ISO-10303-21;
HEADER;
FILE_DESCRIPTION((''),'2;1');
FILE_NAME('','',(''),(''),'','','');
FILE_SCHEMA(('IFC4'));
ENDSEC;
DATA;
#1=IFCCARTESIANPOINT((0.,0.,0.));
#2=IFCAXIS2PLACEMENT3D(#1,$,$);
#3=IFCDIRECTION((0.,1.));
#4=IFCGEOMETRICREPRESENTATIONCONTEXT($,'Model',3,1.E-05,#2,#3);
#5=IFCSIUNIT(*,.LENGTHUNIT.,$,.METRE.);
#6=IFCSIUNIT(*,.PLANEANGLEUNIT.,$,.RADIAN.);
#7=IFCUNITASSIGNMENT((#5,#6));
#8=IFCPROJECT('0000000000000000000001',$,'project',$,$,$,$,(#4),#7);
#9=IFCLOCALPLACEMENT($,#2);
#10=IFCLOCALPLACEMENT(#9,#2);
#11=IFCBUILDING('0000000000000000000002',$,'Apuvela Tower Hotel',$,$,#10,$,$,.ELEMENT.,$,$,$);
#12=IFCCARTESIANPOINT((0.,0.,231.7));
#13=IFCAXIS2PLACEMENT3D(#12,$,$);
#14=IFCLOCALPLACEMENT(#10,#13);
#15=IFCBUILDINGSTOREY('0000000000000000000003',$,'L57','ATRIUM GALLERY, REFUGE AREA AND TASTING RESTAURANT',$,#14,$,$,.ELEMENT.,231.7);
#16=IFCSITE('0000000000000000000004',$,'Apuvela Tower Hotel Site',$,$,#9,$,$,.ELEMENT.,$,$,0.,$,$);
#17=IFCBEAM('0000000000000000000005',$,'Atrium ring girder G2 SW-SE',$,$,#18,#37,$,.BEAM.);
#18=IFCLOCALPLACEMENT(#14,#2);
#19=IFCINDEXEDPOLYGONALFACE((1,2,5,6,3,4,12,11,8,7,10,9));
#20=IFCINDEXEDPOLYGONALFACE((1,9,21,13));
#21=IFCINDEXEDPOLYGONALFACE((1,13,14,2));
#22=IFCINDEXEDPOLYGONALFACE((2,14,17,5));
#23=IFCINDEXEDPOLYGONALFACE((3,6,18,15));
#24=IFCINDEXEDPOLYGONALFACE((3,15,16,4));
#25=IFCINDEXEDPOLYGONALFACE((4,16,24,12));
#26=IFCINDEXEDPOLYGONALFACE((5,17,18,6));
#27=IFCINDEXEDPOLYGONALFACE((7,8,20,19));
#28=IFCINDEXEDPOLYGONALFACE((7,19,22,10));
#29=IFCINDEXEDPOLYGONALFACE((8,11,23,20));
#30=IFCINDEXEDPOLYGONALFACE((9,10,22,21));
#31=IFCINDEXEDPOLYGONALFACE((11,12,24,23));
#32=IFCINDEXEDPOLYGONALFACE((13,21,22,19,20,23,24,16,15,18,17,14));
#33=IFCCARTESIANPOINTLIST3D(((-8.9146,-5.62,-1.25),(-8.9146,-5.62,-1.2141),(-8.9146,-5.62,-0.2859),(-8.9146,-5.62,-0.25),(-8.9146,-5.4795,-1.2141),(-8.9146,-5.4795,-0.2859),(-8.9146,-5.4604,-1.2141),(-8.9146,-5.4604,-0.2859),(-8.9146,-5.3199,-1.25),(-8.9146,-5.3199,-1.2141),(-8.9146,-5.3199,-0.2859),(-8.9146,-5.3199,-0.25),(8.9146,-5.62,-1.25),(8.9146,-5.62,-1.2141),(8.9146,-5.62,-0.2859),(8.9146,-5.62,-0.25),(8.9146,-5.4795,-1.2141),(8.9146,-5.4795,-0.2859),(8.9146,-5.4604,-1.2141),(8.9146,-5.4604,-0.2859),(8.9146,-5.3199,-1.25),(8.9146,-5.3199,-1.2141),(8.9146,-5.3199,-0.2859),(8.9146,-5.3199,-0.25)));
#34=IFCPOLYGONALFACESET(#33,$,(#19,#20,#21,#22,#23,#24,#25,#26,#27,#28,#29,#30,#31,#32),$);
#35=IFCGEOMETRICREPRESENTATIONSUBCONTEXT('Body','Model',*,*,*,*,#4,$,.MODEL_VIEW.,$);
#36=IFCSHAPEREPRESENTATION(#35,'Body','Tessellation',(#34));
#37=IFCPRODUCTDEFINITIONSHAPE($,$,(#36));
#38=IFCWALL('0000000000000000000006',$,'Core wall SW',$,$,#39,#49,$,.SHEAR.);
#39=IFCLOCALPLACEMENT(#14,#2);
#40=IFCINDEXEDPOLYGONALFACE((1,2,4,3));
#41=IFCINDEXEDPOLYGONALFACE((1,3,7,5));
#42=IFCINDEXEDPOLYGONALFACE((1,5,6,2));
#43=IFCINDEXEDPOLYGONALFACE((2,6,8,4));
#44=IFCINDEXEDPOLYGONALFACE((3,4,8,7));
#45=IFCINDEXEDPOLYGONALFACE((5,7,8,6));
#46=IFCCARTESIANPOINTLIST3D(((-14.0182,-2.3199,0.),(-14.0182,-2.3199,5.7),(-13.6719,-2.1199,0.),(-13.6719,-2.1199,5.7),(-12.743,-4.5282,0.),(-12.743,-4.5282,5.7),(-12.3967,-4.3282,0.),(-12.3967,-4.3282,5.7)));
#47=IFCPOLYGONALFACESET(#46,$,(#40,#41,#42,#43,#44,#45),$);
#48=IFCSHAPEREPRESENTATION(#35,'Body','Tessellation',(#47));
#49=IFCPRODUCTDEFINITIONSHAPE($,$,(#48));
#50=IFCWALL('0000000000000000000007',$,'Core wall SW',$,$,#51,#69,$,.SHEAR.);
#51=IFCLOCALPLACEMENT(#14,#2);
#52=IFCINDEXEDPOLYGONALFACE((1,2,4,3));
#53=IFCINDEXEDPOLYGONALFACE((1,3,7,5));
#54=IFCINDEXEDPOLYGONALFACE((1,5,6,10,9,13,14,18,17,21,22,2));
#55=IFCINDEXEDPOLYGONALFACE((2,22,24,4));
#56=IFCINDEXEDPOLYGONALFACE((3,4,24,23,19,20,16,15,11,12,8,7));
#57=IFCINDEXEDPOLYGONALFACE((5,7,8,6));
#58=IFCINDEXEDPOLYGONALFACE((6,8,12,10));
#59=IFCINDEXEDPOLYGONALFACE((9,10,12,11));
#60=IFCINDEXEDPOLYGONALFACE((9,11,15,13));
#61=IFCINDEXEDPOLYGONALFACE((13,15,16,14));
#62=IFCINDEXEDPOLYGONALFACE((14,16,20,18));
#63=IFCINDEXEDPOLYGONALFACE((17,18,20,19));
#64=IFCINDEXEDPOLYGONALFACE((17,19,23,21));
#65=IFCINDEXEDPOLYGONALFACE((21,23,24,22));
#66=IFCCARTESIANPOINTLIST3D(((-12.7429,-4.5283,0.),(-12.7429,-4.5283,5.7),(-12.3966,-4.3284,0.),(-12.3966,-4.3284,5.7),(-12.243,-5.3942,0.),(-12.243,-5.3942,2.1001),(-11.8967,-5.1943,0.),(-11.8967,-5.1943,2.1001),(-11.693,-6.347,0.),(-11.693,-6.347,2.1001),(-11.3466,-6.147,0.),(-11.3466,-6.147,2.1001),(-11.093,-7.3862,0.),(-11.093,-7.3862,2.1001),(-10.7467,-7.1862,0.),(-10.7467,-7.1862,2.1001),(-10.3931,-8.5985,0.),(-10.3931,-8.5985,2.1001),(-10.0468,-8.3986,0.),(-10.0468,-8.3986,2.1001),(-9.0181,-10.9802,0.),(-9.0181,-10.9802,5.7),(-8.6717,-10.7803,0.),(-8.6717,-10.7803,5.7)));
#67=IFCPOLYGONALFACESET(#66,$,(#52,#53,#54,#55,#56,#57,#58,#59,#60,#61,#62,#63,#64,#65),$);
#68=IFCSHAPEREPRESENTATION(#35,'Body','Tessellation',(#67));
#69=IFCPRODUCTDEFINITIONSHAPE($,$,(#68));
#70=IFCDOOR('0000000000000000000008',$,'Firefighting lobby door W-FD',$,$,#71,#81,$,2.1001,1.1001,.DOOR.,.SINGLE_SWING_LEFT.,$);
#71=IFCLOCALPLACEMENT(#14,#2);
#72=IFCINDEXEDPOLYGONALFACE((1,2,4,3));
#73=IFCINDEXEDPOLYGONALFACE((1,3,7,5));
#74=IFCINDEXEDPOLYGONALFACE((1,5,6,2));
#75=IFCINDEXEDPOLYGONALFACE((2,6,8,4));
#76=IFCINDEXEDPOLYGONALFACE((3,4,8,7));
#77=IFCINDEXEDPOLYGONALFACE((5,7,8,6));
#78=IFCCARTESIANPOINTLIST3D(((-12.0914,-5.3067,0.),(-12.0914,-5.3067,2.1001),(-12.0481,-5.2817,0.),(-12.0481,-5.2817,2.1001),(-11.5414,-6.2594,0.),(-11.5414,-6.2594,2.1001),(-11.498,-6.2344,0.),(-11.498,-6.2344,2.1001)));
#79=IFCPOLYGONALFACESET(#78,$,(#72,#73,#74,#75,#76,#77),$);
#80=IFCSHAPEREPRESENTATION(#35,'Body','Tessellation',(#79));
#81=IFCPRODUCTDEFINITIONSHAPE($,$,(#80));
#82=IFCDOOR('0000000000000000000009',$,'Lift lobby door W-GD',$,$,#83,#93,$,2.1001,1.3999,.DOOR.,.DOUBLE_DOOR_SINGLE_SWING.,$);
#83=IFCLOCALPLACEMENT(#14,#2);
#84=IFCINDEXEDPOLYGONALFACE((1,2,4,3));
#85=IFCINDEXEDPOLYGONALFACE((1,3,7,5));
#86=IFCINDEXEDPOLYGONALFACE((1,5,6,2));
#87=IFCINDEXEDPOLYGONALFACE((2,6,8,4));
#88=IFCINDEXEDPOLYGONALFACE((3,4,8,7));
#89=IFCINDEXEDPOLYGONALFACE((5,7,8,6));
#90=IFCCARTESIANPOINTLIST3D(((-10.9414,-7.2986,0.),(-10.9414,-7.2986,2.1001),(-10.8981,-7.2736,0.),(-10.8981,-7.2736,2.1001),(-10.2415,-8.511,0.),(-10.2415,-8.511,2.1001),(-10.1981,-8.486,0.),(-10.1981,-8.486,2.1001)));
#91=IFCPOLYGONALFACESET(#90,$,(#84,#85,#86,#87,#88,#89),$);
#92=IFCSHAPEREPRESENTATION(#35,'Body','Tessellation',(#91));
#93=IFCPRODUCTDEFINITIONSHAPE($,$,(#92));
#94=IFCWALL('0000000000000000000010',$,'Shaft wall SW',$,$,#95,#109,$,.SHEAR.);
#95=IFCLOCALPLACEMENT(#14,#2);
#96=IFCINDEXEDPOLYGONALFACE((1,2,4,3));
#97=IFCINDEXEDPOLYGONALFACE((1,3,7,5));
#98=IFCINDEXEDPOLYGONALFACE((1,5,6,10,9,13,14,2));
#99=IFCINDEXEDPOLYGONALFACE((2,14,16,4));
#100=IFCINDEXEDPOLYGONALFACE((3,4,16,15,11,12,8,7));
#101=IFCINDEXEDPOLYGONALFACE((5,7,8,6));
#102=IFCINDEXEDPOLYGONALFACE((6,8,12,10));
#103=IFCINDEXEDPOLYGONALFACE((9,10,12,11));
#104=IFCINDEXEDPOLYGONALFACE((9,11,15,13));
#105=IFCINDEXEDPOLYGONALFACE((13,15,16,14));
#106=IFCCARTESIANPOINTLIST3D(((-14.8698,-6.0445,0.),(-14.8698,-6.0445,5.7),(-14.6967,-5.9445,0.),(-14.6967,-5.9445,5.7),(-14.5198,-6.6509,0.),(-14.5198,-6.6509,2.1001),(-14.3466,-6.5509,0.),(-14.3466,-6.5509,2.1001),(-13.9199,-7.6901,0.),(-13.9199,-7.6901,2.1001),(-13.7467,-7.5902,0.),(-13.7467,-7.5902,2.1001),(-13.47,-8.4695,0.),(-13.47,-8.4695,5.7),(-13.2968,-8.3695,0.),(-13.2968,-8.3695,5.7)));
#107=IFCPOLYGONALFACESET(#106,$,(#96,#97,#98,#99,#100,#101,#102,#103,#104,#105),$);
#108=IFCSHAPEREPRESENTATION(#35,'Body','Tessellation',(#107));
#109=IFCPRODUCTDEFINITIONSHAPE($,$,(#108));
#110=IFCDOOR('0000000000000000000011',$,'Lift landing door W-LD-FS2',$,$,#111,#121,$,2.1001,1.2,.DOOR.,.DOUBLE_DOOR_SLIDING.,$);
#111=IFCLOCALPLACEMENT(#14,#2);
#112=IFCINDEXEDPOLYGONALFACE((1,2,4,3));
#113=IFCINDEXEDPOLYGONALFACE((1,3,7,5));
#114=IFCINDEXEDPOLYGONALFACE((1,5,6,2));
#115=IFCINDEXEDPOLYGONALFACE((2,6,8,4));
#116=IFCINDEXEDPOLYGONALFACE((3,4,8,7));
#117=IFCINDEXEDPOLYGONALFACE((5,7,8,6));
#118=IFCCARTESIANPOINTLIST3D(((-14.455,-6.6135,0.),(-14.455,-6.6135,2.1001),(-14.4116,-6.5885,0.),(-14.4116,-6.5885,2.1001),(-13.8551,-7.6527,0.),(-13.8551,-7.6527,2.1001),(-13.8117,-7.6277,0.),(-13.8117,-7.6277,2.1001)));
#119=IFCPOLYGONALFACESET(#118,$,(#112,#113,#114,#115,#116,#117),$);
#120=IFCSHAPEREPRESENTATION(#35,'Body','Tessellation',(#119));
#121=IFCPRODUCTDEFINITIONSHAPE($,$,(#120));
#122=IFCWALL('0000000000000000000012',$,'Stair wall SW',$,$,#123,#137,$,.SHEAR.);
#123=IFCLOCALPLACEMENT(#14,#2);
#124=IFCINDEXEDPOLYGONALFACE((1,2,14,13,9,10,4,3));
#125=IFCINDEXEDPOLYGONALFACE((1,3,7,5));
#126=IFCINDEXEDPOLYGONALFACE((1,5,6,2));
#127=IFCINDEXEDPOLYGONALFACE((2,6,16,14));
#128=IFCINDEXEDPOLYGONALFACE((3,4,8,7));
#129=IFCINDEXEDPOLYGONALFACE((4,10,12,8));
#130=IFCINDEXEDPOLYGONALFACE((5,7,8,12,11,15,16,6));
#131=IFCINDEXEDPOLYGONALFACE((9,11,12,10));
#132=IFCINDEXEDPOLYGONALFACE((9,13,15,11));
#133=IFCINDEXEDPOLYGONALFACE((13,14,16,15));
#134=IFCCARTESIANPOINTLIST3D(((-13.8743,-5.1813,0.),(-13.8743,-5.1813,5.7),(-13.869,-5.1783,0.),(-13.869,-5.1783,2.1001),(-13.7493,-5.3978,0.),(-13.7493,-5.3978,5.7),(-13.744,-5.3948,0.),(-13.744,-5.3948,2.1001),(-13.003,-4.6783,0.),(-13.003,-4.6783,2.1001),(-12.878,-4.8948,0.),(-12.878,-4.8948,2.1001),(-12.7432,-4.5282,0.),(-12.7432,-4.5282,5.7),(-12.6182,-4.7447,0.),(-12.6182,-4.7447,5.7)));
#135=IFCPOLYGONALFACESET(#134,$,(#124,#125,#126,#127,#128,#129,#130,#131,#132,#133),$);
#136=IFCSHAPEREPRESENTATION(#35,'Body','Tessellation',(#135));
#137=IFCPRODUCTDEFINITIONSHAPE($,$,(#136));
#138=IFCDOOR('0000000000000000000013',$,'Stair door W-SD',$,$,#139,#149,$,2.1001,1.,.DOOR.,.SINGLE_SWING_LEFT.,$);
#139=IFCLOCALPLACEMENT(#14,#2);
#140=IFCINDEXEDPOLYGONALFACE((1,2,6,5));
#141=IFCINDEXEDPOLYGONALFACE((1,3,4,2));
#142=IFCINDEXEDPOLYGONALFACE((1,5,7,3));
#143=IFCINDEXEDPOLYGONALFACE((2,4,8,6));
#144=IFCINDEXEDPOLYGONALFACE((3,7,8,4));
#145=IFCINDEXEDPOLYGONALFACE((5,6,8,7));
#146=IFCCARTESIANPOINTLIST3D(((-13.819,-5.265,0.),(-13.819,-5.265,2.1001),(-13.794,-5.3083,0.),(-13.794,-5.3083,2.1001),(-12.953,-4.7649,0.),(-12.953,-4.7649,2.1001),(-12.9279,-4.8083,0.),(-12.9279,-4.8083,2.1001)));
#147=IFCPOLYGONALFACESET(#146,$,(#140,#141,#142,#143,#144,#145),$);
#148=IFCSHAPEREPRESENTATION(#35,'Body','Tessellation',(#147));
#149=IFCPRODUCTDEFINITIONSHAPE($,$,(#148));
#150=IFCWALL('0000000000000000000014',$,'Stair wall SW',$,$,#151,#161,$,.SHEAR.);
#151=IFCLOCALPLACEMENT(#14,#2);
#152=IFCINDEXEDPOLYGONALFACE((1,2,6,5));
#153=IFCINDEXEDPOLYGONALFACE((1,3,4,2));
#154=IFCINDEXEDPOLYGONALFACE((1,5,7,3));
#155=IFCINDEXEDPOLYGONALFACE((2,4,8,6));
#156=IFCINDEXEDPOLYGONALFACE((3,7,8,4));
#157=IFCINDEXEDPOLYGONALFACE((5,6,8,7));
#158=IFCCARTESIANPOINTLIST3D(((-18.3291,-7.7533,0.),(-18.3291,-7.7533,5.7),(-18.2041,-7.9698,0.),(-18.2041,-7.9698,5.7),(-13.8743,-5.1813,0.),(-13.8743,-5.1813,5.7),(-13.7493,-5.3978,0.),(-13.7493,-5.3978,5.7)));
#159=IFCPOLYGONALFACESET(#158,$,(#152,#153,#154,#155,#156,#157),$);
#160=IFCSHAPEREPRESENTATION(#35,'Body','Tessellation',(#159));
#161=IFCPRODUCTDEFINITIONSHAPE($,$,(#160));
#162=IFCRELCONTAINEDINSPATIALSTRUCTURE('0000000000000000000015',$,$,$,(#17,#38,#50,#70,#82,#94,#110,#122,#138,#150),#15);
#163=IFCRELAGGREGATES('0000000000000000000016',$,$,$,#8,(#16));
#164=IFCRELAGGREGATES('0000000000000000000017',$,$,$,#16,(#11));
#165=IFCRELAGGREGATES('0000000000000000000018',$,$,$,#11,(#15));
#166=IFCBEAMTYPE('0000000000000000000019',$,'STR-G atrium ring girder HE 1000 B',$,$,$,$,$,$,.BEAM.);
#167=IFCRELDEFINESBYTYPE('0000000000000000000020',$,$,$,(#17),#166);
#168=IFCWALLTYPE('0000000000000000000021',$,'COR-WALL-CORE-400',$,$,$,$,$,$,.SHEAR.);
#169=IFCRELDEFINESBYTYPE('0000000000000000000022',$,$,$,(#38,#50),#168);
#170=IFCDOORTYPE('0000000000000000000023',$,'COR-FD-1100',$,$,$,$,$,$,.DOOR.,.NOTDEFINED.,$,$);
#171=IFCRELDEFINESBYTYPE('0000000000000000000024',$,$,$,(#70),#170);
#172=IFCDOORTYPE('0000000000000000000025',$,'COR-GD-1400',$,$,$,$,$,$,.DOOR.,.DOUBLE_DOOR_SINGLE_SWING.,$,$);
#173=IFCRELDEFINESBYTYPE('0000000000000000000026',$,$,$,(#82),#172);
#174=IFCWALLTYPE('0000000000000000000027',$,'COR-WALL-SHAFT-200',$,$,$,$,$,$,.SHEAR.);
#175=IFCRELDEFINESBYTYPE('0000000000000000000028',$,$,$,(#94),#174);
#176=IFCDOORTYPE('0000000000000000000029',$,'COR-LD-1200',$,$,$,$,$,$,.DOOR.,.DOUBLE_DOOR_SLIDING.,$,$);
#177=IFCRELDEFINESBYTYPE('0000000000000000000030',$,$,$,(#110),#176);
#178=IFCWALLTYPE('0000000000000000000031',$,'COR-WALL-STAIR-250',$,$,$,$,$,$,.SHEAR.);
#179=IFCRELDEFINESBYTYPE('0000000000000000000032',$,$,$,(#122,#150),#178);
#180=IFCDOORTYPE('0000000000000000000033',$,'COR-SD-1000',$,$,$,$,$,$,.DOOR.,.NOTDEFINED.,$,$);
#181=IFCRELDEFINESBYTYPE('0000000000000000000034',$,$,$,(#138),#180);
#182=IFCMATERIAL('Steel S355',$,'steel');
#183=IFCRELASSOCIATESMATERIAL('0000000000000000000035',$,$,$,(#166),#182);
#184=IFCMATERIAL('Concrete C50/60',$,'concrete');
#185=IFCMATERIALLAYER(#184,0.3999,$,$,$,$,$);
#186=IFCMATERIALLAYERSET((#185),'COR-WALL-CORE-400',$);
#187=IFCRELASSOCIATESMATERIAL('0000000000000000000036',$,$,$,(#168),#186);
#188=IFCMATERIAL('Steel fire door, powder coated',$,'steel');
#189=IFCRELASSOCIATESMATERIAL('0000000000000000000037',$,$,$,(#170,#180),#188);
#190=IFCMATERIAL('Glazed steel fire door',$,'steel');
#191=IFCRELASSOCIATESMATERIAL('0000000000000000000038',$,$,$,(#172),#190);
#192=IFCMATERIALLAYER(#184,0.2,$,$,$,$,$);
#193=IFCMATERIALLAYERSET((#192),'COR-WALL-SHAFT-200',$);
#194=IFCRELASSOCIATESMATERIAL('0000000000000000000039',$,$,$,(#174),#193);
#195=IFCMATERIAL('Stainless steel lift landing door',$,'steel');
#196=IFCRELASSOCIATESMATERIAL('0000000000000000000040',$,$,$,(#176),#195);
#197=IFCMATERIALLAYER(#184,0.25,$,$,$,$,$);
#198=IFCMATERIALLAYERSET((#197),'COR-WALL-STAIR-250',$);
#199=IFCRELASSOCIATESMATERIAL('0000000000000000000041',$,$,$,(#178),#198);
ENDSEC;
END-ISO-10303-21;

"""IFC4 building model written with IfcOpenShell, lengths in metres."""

from ifc_helpers import new_model, si_unit, direction, frame, frame_2d, origin, origin_2d, place, context, subcontext, project, spatial, rectangle, i_section, extrude, material, layer, layer_set, material_profile, profile_set, type_object, element, fill, save


model = new_model("IFC4")

# Units and contexts
model_context = context("Model", 3, precision=1e-05, world=origin(), true_north=direction((0.0, 1.0)))
body_context = subcontext(model_context, "Body", "Model", "MODEL_VIEW")
ifc_project = project(units=[si_unit("LENGTHUNIT", "METRE"), si_unit("PLANEANGLEUNIT", "RADIAN")], contexts=[model_context])

# Site, building, storey
site_placement = place(None, origin())
site = spatial("IfcSite", under=ifc_project, at=site_placement, Name="Apuvela Tower Hotel Site", CompositionType="ELEMENT", RefElevation=0.0)
building_placement = place(site_placement, origin())
building = spatial("IfcBuilding", under=site, at=building_placement, Name="Apuvela Tower Hotel", CompositionType="ELEMENT")
storey_placement = place(building_placement, frame((0.0, 0.0, 231.7)))
storey = spatial("IfcBuildingStorey", under=building, at=storey_placement, Name="L57", Description="ATRIUM GALLERY, REFUGE AREA AND TASTING RESTAURANT", CompositionType="ELEMENT", Elevation=231.7)

# Beam
ifc_material_1 = material(Name="Steel S355", Category="steel")
ifc_material_profile = material_profile(ifc_material_1, i_section(OverallWidth=0.3, OverallDepth=1.0, WebThickness=0.019, FlangeThickness=0.0359, at=origin_2d()), Name="HE 1000 B")
ifc_profile_set = profile_set([ifc_material_profile], Name="Steel S355")
beam_type = type_object("IfcBeamType", Name="STR-G atrium ring girder HE 1000 B", PredefinedType="BEAM", material=ifc_profile_set)
beam_placement = place(storey_placement, frame((-8.9146, -5.47, -0.75), z_axis=(1.0, 0.0, 0.0), x_axis=(0.0, 1.0, 0.0)))
element("IfcBeam", 1, at=beam_placement, inside=storey, type_object=beam_type, Name="Atrium ring girder G2 SW-SE", PredefinedType="BEAM", context=body_context, shape_type="SweptSolid", body=[
    extrude(i_section(OverallWidth=0.3, OverallDepth=1.0, WebThickness=0.019, FlangeThickness=0.0359, at=origin_2d()), origin(), (0.0, 0.0, 1.0), 17.8291),
])

# Wall
ifc_material_2 = material(Name="Concrete C50/60", Category="concrete")
ifc_layer_1 = layer(ifc_material_2, 0.3999)
ifc_layer_set_1 = layer_set([ifc_layer_1], Name="COR-WALL-CORE-400")
wall_type_1 = type_object("IfcWallType", Name="COR-WALL-CORE-400", PredefinedType="SHEAR", material=ifc_layer_set_1)
wall_1_placement = place(storey_placement, frame((-13.845, -2.22, 0.0), z_axis=(0.0, 0.0, 1.0), x_axis=(0.500062, -0.865989, 0.0)))
element("IfcWall", 2, at=wall_1_placement, inside=storey, type_object=wall_type_1, Name="Core wall SW", PredefinedType="SHEAR", context=body_context, shape_type="SweptSolid", body=[
    extrude(rectangle(XDim=2.55, YDim=0.3999, at=frame_2d((1.2749, 0.0))), origin(), (0.0, 0.0, 1.0), 5.7),
])

# Wall, openings, doors
wall_2_placement = place(storey_placement, frame((-12.5698, -4.4282, 0.0), z_axis=(0.0, 0.0, 1.0), x_axis=(0.499984, -0.866034, 0.0)))
wall_2 = element("IfcWall", 3, at=wall_2_placement, inside=storey, type_object=wall_type_1, Name="Core wall SW", PredefinedType="SHEAR", context=body_context, shape_type="SweptSolid", body=[
    extrude(rectangle(XDim=7.45, YDim=0.3999, at=frame_2d((3.7251, 0.0))), origin(), (0.0, 0.0, 1.0), 5.7),
])
opening_1_placement = place(wall_2_placement, frame((1.0, 0.0, 0.0)))
opening_1 = element("IfcOpeningElement", 4, at=opening_1_placement, cuts=wall_2, PredefinedType="OPENING", context=body_context, shape_type="SweptSolid", body=[
    extrude(rectangle(XDim=1.1001, YDim=2.1001, at=frame_2d((0.55, 1.05))), frame((0.0, 0.21, 0.0), z_axis=(0.0, -1.0, 0.0), x_axis=(1.0, 0.0, 0.0)), (0.0, 0.0, 1.0), 0.4199),
])
opening_2_placement = place(wall_2_placement, frame((3.3, 0.0, 0.0)))
opening_2 = element("IfcOpeningElement", 5, at=opening_2_placement, cuts=wall_2, PredefinedType="OPENING", context=body_context, shape_type="SweptSolid", body=[
    extrude(rectangle(XDim=1.3999, YDim=2.1001, at=frame_2d((0.7, 1.05))), frame((0.0, 0.21, 0.0), z_axis=(0.0, -1.0, 0.0), x_axis=(1.0, 0.0, 0.0)), (0.0, 0.0, 1.0), 0.4199),
])
ifc_material_3 = material(Name="Steel fire door, powder coated", Category="steel")
door_type_1 = type_object("IfcDoorType", Name="COR-FD-1100", OperationType="NOTDEFINED", PredefinedType="DOOR", material=ifc_material_3)
door_1_placement = place(opening_1_placement, frame((1.1001, 0.0, 0.0), z_axis=(0.0, 0.0, 1.0), x_axis=(-1.0, 0.0, 0.0)))
door_1 = element("IfcDoor", 6, at=door_1_placement, inside=storey, type_object=door_type_1, Name="Firefighting lobby door W-FD", OperationType="SINGLE_SWING_LEFT", OverallHeight=2.1001, OverallWidth=1.1001, PredefinedType="DOOR", context=body_context, shape_type="SweptSolid", body=[
    extrude(rectangle(XDim=1.1001, YDim=2.1001, at=frame_2d((0.55, 1.05))), frame((0.0, 0.0249, 0.0), z_axis=(0.0, -1.0, 0.0), x_axis=(1.0, 0.0, 0.0)), (0.0, 0.0, 1.0), 0.05),
])
fill(opening_1, door_1)
ifc_material_4 = material(Name="Glazed steel fire door", Category="steel")
door_type_2 = type_object("IfcDoorType", Name="COR-GD-1400", OperationType="DOUBLE_DOOR_SINGLE_SWING", PredefinedType="DOOR", material=ifc_material_4)
door_2_placement = place(opening_2_placement, frame((1.3999, 0.0, 0.0), z_axis=(0.0, 0.0, 1.0), x_axis=(-1.0, 0.0, 0.0)))
door_2 = element("IfcDoor", 7, at=door_2_placement, inside=storey, type_object=door_type_2, Name="Lift lobby door W-GD", OperationType="DOUBLE_DOOR_SINGLE_SWING", OverallHeight=2.1001, OverallWidth=1.3999, PredefinedType="DOOR", context=body_context, shape_type="SweptSolid", body=[
    extrude(rectangle(XDim=1.3999, YDim=2.1001, at=frame_2d((0.7, 1.05))), frame((0.0, 0.0249, 0.0), z_axis=(0.0, -1.0, 0.0), x_axis=(1.0, 0.0, 0.0)), (0.0, 0.0, 1.0), 0.05),
])
fill(opening_2, door_2)

# Walls, openings, doors
ifc_layer_2 = layer(ifc_material_2, 0.2)
ifc_layer_set_2 = layer_set([ifc_layer_2], Name="COR-WALL-SHAFT-200")
wall_type_2 = type_object("IfcWallType", Name="COR-WALL-SHAFT-200", PredefinedType="SHEAR", material=ifc_layer_set_2)
wall_3_placement = place(storey_placement, frame((-14.7832, -5.9946, 0.0), z_axis=(0.0, 0.0, 1.0), x_axis=(0.499946, -0.866056, 0.0)))
wall_3 = element("IfcWall", 8, at=wall_3_placement, inside=storey, type_object=wall_type_2, Name="Shaft wall SW", PredefinedType="SHEAR", context=body_context, shape_type="SweptSolid", body=[
    extrude(rectangle(XDim=2.8, YDim=0.2, at=frame_2d((1.3999, 0.0))), origin(), (0.0, 0.0, 1.0), 5.7),
])
opening_3_placement = place(wall_3_placement, frame((0.7, 0.0, 0.0)))
opening_3 = element("IfcOpeningElement", 9, at=opening_3_placement, cuts=wall_3, PredefinedType="OPENING", context=body_context, shape_type="SweptSolid", body=[
    extrude(rectangle(XDim=1.2, YDim=2.1001, at=frame_2d((0.6001, 1.05))), frame((0.0, 0.1099, 0.0), z_axis=(0.0, -1.0, 0.0), x_axis=(1.0, 0.0, 0.0)), (0.0, 0.0, 1.0), 0.22),
])
ifc_material_5 = material(Name="Stainless steel lift landing door", Category="steel")
door_type_3 = type_object("IfcDoorType", Name="COR-LD-1200", OperationType="DOUBLE_DOOR_SLIDING", PredefinedType="DOOR", material=ifc_material_5)
door_3_placement = place(opening_3_placement, origin())
door_3 = element("IfcDoor", 10, at=door_3_placement, inside=storey, type_object=door_type_3, Name="Lift landing door W-LD-FS2", OperationType="DOUBLE_DOOR_SLIDING", OverallHeight=2.1001, OverallWidth=1.2, PredefinedType="DOOR", context=body_context, shape_type="SweptSolid", body=[
    extrude(rectangle(XDim=1.2, YDim=2.1001, at=frame_2d((0.6001, 1.05))), frame((0.0, 0.0249, 0.0), z_axis=(0.0, -1.0, 0.0), x_axis=(1.0, 0.0, 0.0)), (0.0, 0.0, 1.0), 0.05),
])
fill(opening_3, door_3)
ifc_layer_3 = layer(ifc_material_2, 0.25)
ifc_layer_set_3 = layer_set([ifc_layer_3], Name="COR-WALL-STAIR-250")
wall_type_3 = type_object("IfcWallType", Name="COR-WALL-STAIR-250", PredefinedType="SHEAR", material=ifc_layer_set_3)
wall_4_placement = place(storey_placement, frame((-12.6807, -4.6365, 0.0), z_axis=(0.0, 0.0, 1.0), x_axis=(-0.866014, -0.500019, 0.0)))
wall_4 = element("IfcWall", 11, at=wall_4_placement, inside=storey, type_object=wall_type_3, Name="Stair wall SW", PredefinedType="SHEAR", context=body_context, shape_type="SweptSolid", body=[
    extrude(rectangle(XDim=1.3062, YDim=0.25, at=frame_2d((0.6531, 0.0))), origin(), (0.0, 0.0, 1.0), 5.7),
])
opening_4_placement = place(wall_4_placement, frame((0.3, 0.0, 0.0)))
opening_4 = element("IfcOpeningElement", 12, at=opening_4_placement, cuts=wall_4, PredefinedType="OPENING", context=body_context, shape_type="SweptSolid", body=[
    extrude(rectangle(XDim=1.0, YDim=2.1001, at=frame_2d((0.5, 1.05))), frame((0.0, 0.135, 0.0), z_axis=(0.0, -1.0, 0.0), x_axis=(1.0, 0.0, 0.0)), (0.0, 0.0, 1.0), 0.27),
])
door_type_4 = type_object("IfcDoorType", Name="COR-SD-1000", OperationType="NOTDEFINED", PredefinedType="DOOR", material=ifc_material_3)
door_4_placement = place(opening_4_placement, frame((1.0, 0.0, 0.0), z_axis=(0.0, 0.0, 1.0), x_axis=(-1.0, 0.0, 0.0)))
door_4 = element("IfcDoor", 13, at=door_4_placement, inside=storey, type_object=door_type_4, Name="Stair door W-SD", OperationType="SINGLE_SWING_LEFT", OverallHeight=2.1001, OverallWidth=1.0, PredefinedType="DOOR", context=body_context, shape_type="SweptSolid", body=[
    extrude(rectangle(XDim=1.0, YDim=2.1001, at=frame_2d((0.5, 1.05))), frame((0.0, 0.0249, 0.0), z_axis=(0.0, -1.0, 0.0), x_axis=(1.0, 0.0, 0.0)), (0.0, 0.0, 1.0), 0.05),
])
fill(opening_4, door_4)

# Wall
wall_5_placement = place(storey_placement, frame((-13.8118, -5.2896, 0.0), z_axis=(0.0, 0.0, 1.0), x_axis=(-0.866024, -0.500003, 0.0)))
element("IfcWall", 14, at=wall_5_placement, inside=storey, type_object=wall_type_3, Name="Stair wall SW", PredefinedType="SHEAR", context=body_context, shape_type="SweptSolid", body=[
    extrude(rectangle(XDim=5.144, YDim=0.25, at=frame_2d((2.572, 0.0))), origin(), (0.0, 0.0, 1.0), 5.7),
])

save(model, "model.ifc")
